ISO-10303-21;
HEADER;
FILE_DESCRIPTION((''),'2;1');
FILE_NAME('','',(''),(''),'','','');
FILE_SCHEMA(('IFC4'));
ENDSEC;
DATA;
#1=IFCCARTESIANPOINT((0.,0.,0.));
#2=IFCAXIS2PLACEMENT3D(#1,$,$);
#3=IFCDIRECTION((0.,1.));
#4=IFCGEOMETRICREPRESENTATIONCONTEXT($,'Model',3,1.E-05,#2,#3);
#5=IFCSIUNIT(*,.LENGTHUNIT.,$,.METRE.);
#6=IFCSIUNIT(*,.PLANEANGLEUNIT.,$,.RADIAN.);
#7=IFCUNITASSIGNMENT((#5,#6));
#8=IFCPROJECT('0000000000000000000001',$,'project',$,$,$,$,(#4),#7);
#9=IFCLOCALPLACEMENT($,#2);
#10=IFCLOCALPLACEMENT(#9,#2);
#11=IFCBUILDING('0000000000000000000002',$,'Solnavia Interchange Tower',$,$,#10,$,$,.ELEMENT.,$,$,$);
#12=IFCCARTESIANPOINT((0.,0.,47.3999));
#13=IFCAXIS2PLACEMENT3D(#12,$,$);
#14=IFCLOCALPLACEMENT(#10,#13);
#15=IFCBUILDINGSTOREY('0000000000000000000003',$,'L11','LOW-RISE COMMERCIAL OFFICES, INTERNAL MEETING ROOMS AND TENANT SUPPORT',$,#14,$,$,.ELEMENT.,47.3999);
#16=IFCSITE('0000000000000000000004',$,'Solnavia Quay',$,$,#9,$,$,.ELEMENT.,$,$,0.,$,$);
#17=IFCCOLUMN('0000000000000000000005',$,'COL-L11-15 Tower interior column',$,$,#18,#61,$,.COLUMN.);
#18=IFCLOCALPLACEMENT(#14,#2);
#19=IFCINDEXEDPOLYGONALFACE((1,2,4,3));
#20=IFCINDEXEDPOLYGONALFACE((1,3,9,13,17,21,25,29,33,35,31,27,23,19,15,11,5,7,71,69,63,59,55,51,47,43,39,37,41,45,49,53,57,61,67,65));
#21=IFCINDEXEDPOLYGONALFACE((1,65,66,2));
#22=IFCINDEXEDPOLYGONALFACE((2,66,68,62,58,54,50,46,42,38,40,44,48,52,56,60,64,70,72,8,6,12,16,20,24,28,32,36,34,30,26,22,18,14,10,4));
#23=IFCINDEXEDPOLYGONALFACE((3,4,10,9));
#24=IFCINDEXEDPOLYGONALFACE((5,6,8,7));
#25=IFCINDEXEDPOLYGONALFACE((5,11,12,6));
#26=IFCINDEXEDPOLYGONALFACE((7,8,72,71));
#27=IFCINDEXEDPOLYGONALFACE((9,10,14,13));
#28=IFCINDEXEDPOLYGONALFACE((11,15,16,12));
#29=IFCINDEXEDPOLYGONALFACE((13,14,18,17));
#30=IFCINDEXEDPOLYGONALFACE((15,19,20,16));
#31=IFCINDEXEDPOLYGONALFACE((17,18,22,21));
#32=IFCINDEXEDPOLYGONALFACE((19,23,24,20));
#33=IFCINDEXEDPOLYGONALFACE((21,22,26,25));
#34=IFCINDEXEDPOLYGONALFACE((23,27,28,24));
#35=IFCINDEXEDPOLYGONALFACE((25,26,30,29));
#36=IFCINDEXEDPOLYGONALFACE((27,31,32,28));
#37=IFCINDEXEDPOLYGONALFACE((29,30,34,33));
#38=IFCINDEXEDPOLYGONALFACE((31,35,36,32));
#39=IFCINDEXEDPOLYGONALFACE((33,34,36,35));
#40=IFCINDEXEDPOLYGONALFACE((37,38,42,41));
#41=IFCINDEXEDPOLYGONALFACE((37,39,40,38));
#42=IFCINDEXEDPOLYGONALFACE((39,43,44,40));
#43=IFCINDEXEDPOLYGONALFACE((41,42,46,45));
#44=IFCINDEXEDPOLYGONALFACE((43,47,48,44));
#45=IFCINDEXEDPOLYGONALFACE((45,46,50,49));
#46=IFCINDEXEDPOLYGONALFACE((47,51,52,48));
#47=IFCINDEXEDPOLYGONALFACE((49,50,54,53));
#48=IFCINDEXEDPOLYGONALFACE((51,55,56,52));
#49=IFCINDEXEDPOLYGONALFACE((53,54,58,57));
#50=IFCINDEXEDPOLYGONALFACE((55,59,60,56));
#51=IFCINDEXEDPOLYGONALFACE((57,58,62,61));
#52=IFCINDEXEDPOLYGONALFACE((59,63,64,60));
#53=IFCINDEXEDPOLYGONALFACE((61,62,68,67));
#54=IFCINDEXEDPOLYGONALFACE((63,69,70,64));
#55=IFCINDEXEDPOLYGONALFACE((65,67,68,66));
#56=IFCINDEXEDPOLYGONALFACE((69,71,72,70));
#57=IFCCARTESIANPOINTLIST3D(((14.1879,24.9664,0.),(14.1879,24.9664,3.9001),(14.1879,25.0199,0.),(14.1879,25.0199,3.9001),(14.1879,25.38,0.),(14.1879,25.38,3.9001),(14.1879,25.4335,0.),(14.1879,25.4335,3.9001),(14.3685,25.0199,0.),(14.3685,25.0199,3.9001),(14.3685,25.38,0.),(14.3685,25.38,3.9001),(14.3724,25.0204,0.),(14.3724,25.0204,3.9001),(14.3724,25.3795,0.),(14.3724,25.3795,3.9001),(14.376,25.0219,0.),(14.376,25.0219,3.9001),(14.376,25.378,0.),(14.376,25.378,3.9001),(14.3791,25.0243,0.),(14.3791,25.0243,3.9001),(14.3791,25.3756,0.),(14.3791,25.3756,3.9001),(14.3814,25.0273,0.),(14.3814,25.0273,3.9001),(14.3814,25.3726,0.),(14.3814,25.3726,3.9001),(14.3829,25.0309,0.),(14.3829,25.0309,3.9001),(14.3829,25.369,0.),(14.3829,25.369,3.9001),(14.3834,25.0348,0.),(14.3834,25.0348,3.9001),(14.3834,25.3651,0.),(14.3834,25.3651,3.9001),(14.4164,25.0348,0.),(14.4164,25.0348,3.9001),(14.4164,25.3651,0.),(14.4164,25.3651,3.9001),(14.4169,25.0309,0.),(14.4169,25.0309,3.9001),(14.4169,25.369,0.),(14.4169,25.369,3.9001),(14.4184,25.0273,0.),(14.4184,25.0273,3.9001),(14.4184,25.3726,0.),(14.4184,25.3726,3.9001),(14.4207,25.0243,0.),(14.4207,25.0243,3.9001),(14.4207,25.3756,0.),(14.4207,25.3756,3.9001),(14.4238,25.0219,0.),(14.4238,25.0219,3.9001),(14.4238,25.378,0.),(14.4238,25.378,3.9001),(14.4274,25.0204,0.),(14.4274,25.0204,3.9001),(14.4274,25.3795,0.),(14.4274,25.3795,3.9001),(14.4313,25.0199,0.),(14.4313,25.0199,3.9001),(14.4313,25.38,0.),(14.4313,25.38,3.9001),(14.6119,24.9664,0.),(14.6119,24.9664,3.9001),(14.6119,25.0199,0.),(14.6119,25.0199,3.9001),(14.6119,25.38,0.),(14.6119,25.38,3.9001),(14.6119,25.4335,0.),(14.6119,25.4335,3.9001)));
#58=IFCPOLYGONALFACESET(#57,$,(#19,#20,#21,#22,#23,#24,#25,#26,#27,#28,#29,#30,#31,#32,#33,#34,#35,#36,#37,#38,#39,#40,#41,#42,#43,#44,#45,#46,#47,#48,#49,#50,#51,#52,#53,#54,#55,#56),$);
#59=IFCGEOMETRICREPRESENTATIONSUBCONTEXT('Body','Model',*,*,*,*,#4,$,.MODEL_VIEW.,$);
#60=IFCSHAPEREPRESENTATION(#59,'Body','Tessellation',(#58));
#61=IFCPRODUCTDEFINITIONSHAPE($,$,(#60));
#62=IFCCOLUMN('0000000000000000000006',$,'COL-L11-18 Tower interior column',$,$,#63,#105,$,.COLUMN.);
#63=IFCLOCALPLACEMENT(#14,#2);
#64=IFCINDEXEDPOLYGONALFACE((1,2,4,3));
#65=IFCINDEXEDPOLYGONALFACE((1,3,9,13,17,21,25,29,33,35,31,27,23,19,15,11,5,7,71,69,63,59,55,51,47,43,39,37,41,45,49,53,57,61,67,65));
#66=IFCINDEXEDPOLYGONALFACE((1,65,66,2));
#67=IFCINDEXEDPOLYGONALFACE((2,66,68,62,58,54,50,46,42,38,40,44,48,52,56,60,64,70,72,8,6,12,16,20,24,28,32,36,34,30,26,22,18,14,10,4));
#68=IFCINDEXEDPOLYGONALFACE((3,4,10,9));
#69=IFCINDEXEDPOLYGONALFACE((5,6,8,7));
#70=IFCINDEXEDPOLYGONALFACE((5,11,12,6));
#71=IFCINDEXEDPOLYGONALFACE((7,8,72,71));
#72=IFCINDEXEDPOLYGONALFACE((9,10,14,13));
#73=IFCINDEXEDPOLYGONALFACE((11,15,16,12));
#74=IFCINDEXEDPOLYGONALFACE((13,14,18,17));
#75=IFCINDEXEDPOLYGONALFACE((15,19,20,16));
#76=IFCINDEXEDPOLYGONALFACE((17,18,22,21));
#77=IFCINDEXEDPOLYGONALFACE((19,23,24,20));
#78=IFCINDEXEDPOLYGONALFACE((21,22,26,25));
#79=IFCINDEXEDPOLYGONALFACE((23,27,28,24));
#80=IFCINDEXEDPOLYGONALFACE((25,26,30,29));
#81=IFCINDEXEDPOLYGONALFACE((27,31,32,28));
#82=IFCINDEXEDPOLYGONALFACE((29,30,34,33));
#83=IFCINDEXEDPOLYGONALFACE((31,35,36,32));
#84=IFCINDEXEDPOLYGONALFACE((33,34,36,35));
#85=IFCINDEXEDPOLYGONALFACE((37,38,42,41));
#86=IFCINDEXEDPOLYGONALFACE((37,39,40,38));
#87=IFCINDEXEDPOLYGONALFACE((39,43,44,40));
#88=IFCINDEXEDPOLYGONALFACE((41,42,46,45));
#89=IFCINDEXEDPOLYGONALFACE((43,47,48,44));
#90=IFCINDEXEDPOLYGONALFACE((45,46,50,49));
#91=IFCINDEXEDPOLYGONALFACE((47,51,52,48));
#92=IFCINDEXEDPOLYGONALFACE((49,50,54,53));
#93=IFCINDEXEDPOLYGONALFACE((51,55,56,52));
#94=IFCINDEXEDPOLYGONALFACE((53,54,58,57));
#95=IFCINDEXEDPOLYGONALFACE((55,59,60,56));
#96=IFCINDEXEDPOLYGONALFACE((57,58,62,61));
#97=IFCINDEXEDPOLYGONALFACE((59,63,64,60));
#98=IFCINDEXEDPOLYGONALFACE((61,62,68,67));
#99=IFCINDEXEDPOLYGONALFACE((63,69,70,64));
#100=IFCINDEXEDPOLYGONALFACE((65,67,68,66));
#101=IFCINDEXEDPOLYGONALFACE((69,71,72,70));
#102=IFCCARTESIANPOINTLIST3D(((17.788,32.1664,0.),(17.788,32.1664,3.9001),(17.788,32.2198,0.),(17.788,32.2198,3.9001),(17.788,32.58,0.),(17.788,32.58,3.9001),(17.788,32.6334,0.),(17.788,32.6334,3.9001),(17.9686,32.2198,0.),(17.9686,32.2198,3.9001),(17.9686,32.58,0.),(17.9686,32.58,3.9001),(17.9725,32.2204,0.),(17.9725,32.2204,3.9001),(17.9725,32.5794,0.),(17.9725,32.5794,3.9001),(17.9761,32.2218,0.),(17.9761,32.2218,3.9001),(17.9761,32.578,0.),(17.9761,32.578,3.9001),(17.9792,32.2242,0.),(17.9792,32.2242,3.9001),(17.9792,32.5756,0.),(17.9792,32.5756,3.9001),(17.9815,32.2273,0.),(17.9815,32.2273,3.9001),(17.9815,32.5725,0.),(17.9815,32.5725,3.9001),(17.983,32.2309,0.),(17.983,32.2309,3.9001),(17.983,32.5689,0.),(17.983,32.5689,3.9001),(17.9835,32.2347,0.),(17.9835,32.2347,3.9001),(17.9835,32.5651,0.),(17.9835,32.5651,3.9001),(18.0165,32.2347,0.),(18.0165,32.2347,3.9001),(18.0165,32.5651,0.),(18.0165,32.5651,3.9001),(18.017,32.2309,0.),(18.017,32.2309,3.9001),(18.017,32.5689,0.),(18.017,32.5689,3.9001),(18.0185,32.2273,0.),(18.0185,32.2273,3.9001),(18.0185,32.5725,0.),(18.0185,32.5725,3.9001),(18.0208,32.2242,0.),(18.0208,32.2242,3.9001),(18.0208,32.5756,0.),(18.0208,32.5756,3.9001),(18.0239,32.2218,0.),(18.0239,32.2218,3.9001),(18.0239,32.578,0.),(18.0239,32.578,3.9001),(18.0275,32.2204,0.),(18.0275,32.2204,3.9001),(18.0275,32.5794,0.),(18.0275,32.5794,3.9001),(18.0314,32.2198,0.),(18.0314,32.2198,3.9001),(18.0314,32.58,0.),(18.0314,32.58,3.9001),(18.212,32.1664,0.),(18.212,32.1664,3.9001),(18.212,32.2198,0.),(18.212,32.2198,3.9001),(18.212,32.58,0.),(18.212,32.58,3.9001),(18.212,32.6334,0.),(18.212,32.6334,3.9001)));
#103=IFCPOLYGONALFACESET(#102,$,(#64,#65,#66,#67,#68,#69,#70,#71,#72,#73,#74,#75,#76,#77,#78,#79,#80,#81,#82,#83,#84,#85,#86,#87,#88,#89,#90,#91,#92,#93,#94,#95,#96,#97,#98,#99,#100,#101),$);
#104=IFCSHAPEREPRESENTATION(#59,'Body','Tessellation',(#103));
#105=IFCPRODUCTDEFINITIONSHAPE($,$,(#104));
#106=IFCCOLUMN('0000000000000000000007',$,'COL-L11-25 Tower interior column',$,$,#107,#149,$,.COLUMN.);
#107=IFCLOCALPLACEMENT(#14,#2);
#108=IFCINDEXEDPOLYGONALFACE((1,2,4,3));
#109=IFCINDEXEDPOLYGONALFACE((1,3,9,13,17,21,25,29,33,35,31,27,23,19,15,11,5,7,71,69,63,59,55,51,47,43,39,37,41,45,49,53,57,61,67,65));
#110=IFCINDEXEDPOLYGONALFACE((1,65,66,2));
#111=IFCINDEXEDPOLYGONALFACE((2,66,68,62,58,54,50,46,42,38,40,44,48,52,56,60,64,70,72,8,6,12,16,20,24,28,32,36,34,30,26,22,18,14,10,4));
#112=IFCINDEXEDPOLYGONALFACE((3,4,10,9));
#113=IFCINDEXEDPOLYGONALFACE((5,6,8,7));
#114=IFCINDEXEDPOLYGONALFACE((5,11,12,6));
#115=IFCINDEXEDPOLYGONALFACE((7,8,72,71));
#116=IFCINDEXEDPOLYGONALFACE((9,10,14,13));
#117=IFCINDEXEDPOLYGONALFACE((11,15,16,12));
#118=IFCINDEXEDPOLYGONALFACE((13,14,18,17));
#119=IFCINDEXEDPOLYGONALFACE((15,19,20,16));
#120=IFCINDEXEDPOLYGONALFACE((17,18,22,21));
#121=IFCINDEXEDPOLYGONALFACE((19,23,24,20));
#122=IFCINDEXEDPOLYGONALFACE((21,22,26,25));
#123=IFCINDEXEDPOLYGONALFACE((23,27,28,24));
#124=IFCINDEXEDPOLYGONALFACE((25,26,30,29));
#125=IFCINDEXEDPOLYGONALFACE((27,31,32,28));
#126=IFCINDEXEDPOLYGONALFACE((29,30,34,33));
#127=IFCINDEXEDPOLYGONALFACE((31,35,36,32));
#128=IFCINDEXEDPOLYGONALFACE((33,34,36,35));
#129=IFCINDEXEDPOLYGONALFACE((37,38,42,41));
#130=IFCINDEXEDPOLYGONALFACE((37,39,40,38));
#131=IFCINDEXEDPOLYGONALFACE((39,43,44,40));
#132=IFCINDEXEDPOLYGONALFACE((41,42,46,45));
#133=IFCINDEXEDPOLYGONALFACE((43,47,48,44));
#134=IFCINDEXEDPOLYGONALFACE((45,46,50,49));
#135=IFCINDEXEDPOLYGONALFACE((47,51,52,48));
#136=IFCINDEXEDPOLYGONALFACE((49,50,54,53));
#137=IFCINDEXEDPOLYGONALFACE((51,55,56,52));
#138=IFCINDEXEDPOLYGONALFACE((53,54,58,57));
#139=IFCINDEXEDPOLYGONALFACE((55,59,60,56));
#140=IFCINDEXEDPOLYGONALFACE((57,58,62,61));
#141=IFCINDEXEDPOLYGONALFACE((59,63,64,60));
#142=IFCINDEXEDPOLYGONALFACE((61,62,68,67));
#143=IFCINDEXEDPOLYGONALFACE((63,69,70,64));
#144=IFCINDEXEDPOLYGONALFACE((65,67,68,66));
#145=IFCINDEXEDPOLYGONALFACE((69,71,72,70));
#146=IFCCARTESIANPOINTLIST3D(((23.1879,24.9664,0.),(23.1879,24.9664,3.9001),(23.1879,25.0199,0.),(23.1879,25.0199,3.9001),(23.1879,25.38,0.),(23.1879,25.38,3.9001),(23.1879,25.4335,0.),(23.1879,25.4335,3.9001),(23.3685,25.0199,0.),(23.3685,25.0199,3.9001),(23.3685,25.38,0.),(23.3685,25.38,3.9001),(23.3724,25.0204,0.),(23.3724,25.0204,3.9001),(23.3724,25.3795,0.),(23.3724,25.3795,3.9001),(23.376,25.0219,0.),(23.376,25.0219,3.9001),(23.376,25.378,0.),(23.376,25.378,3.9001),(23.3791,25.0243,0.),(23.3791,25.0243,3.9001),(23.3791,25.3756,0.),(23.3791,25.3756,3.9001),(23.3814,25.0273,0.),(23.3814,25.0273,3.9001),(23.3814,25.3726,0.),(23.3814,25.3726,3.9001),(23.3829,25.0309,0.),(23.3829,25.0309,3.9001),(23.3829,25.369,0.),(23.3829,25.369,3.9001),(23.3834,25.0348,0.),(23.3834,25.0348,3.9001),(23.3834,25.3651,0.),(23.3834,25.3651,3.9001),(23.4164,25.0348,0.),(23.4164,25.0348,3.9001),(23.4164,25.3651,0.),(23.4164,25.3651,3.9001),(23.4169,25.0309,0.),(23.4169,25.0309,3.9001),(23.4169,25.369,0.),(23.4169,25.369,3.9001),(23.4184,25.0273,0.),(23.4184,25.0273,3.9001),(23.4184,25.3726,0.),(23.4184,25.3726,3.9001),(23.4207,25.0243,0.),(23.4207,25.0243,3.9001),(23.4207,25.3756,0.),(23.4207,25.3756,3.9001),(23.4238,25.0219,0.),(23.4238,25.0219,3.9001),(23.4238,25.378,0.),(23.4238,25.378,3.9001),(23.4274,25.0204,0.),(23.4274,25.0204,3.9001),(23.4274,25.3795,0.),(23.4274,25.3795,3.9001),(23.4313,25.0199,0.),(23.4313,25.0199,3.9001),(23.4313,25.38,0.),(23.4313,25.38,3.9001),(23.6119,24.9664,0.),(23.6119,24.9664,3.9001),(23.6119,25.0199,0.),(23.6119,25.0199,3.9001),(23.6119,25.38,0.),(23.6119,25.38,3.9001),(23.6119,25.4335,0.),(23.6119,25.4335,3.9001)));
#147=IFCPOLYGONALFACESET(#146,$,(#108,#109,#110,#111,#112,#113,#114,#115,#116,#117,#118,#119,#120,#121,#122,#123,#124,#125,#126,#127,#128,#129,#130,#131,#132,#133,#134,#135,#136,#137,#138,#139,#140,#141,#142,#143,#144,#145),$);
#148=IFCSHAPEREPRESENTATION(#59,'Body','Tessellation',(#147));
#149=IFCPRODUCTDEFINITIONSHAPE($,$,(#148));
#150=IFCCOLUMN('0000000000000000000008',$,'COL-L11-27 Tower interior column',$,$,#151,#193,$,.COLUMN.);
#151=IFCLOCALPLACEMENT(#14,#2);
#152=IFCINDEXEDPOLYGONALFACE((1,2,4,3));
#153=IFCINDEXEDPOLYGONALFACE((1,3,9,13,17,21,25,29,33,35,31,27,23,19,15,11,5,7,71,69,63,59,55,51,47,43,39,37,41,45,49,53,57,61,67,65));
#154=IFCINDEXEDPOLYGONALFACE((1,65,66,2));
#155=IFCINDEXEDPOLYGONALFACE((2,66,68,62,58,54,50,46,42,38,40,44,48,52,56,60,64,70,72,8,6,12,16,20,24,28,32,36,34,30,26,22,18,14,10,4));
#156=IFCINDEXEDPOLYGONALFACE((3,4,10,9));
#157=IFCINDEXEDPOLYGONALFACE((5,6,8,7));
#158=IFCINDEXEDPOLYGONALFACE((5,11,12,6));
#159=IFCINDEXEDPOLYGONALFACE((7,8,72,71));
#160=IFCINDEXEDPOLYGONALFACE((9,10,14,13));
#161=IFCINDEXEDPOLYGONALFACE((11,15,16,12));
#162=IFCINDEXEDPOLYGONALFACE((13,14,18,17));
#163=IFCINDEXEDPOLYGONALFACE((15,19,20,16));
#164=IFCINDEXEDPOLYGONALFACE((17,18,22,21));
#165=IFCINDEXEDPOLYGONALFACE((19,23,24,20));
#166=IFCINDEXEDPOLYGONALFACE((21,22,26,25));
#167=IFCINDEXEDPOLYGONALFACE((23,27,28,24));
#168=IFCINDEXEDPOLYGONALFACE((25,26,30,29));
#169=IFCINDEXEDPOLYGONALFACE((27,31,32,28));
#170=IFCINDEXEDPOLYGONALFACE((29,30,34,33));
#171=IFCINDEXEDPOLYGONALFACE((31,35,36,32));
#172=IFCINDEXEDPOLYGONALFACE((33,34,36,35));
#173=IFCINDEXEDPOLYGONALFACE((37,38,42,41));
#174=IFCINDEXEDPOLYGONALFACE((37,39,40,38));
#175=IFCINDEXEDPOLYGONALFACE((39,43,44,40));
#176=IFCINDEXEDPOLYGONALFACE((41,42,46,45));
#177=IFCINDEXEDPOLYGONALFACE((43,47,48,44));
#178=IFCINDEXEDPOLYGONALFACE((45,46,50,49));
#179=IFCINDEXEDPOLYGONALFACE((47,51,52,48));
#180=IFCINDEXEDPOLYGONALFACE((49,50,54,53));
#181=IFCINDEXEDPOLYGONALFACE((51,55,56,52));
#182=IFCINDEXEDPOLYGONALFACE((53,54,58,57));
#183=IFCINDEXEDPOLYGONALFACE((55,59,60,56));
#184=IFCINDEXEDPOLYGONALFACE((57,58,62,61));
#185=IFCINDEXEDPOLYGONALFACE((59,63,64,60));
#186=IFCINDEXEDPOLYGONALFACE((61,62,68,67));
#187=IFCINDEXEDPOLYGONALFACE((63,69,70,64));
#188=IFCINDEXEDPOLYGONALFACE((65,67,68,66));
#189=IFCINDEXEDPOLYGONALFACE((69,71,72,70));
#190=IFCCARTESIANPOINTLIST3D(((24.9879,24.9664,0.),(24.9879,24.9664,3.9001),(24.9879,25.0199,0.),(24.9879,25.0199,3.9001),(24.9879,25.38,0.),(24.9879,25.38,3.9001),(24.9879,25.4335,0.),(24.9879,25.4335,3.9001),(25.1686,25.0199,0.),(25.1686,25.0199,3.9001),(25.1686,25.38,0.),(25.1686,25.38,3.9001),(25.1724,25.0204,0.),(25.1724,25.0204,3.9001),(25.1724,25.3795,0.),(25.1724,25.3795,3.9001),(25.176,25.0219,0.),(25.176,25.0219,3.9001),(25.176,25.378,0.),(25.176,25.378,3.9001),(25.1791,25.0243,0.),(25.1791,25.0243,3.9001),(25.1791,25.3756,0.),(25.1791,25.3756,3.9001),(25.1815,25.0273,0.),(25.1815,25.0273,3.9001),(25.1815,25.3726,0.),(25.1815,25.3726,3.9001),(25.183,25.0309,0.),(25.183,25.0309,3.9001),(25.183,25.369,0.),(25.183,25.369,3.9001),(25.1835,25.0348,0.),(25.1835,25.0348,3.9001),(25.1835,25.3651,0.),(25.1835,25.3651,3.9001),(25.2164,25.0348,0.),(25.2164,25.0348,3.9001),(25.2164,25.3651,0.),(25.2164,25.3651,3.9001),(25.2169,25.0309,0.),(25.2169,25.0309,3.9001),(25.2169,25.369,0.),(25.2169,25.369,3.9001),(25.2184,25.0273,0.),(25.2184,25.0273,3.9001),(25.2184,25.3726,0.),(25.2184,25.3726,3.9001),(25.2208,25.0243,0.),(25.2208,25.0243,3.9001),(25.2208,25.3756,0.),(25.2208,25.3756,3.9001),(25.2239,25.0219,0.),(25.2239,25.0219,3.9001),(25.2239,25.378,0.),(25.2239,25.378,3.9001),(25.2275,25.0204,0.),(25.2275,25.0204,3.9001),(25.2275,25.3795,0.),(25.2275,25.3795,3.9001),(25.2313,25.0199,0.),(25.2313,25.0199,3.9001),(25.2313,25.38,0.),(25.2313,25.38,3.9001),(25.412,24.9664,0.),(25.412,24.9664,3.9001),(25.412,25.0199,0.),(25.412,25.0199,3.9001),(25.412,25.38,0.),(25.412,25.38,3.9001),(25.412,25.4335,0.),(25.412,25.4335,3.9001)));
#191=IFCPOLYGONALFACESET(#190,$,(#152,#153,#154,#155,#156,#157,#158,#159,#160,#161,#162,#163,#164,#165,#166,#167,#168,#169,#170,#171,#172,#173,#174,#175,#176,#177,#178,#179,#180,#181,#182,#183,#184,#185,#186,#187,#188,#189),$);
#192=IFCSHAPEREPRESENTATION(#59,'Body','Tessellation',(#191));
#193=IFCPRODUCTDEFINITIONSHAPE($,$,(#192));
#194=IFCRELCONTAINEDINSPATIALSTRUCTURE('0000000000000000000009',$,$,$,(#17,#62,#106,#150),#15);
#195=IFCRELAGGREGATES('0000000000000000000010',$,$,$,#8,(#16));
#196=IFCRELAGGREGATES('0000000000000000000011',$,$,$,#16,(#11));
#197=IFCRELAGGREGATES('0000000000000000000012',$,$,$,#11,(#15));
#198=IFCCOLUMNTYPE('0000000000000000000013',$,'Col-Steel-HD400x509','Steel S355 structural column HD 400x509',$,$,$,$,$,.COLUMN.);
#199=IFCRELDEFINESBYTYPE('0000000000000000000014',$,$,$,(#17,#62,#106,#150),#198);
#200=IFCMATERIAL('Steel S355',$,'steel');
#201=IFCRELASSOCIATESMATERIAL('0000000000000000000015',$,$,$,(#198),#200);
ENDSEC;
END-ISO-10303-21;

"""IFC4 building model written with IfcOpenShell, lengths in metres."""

from ifc_helpers import new_model, si_unit, direction, frame, origin, origin_2d, place, context, subcontext, project, spatial, i_section, extrude, material, material_profile, profile_set, type_object, element, save


model = new_model("IFC4")

# Units and contexts
model_context = context("Model", 3, precision=1e-05, world=origin(), true_north=direction((0.0, 1.0)))
body_context = subcontext(model_context, "Body", "Model", "MODEL_VIEW")
ifc_project = project(units=[si_unit("LENGTHUNIT", "METRE"), si_unit("PLANEANGLEUNIT", "RADIAN")], contexts=[model_context])

# Site, building, storey
site_placement = place(None, origin())
site = spatial("IfcSite", under=ifc_project, at=site_placement, Name="Solnavia Quay", CompositionType="ELEMENT", RefElevation=0.0)
building_placement = place(site_placement, origin())
building = spatial("IfcBuilding", under=site, at=building_placement, Name="Solnavia Interchange Tower", CompositionType="ELEMENT")
storey_placement = place(building_placement, frame((0.0, 0.0, 47.3999)))
storey = spatial("IfcBuildingStorey", under=building, at=storey_placement, Name="L11", Description="LOW-RISE COMMERCIAL OFFICES, INTERNAL MEETING ROOMS AND TENANT SUPPORT", CompositionType="ELEMENT", Elevation=47.3999)

# Columns
ifc_material_1 = material(Name="Steel S355", Category="steel")
ifc_material_profile_1 = material_profile(ifc_material_1, i_section(OverallWidth=0.4241, OverallDepth=0.467, WebThickness=0.033, FlangeThickness=0.0535, FilletRadius=0.0149, at=origin_2d()), Name="HD 400x509")
ifc_profile_set_1 = profile_set([ifc_material_profile_1], Name="Steel S355")
column_type = type_object("IfcColumnType", Name="Col-Steel-HD400x509", Description="Steel S355 structural column HD 400x509", PredefinedType="COLUMN", material=ifc_profile_set_1)
for number, where, z_axis, x_axis, name in (
    (1, (14.3999, 25.2, 0.0), (0.0, 0.0, 1.0), (1.0, 0.0, 0.0), "COL-L11-15 Tower interior column"),
    (2, (18.0, 32.3999, 0.0), (0.0, 0.0, 1.0), (1.0, 0.0, 0.0), "COL-L11-18 Tower interior column"),
    (3, (23.3999, 25.2, 0.0), (0.0, 0.0, 1.0), (1.0, 0.0, 0.0), "COL-L11-25 Tower interior column"),
    (4, (25.2, 25.2, 0.0), (0.0, 0.0, 1.0), (1.0, 0.0, 0.0), "COL-L11-27 Tower interior column"),
):
    element("IfcColumn", number, at=place(storey_placement, frame(where, z_axis=z_axis, x_axis=x_axis)), inside=storey, type_object=column_type, Name=name, PredefinedType="COLUMN", context=body_context, shape_type="SweptSolid", body=[
        extrude(i_section(OverallWidth=0.4241, OverallDepth=0.467, WebThickness=0.033, FlangeThickness=0.0535, FilletRadius=0.0149, at=origin_2d()), origin(), (0.0, 0.0, 1.0), 3.9001),
    ])

save(model, "model.ifc")
